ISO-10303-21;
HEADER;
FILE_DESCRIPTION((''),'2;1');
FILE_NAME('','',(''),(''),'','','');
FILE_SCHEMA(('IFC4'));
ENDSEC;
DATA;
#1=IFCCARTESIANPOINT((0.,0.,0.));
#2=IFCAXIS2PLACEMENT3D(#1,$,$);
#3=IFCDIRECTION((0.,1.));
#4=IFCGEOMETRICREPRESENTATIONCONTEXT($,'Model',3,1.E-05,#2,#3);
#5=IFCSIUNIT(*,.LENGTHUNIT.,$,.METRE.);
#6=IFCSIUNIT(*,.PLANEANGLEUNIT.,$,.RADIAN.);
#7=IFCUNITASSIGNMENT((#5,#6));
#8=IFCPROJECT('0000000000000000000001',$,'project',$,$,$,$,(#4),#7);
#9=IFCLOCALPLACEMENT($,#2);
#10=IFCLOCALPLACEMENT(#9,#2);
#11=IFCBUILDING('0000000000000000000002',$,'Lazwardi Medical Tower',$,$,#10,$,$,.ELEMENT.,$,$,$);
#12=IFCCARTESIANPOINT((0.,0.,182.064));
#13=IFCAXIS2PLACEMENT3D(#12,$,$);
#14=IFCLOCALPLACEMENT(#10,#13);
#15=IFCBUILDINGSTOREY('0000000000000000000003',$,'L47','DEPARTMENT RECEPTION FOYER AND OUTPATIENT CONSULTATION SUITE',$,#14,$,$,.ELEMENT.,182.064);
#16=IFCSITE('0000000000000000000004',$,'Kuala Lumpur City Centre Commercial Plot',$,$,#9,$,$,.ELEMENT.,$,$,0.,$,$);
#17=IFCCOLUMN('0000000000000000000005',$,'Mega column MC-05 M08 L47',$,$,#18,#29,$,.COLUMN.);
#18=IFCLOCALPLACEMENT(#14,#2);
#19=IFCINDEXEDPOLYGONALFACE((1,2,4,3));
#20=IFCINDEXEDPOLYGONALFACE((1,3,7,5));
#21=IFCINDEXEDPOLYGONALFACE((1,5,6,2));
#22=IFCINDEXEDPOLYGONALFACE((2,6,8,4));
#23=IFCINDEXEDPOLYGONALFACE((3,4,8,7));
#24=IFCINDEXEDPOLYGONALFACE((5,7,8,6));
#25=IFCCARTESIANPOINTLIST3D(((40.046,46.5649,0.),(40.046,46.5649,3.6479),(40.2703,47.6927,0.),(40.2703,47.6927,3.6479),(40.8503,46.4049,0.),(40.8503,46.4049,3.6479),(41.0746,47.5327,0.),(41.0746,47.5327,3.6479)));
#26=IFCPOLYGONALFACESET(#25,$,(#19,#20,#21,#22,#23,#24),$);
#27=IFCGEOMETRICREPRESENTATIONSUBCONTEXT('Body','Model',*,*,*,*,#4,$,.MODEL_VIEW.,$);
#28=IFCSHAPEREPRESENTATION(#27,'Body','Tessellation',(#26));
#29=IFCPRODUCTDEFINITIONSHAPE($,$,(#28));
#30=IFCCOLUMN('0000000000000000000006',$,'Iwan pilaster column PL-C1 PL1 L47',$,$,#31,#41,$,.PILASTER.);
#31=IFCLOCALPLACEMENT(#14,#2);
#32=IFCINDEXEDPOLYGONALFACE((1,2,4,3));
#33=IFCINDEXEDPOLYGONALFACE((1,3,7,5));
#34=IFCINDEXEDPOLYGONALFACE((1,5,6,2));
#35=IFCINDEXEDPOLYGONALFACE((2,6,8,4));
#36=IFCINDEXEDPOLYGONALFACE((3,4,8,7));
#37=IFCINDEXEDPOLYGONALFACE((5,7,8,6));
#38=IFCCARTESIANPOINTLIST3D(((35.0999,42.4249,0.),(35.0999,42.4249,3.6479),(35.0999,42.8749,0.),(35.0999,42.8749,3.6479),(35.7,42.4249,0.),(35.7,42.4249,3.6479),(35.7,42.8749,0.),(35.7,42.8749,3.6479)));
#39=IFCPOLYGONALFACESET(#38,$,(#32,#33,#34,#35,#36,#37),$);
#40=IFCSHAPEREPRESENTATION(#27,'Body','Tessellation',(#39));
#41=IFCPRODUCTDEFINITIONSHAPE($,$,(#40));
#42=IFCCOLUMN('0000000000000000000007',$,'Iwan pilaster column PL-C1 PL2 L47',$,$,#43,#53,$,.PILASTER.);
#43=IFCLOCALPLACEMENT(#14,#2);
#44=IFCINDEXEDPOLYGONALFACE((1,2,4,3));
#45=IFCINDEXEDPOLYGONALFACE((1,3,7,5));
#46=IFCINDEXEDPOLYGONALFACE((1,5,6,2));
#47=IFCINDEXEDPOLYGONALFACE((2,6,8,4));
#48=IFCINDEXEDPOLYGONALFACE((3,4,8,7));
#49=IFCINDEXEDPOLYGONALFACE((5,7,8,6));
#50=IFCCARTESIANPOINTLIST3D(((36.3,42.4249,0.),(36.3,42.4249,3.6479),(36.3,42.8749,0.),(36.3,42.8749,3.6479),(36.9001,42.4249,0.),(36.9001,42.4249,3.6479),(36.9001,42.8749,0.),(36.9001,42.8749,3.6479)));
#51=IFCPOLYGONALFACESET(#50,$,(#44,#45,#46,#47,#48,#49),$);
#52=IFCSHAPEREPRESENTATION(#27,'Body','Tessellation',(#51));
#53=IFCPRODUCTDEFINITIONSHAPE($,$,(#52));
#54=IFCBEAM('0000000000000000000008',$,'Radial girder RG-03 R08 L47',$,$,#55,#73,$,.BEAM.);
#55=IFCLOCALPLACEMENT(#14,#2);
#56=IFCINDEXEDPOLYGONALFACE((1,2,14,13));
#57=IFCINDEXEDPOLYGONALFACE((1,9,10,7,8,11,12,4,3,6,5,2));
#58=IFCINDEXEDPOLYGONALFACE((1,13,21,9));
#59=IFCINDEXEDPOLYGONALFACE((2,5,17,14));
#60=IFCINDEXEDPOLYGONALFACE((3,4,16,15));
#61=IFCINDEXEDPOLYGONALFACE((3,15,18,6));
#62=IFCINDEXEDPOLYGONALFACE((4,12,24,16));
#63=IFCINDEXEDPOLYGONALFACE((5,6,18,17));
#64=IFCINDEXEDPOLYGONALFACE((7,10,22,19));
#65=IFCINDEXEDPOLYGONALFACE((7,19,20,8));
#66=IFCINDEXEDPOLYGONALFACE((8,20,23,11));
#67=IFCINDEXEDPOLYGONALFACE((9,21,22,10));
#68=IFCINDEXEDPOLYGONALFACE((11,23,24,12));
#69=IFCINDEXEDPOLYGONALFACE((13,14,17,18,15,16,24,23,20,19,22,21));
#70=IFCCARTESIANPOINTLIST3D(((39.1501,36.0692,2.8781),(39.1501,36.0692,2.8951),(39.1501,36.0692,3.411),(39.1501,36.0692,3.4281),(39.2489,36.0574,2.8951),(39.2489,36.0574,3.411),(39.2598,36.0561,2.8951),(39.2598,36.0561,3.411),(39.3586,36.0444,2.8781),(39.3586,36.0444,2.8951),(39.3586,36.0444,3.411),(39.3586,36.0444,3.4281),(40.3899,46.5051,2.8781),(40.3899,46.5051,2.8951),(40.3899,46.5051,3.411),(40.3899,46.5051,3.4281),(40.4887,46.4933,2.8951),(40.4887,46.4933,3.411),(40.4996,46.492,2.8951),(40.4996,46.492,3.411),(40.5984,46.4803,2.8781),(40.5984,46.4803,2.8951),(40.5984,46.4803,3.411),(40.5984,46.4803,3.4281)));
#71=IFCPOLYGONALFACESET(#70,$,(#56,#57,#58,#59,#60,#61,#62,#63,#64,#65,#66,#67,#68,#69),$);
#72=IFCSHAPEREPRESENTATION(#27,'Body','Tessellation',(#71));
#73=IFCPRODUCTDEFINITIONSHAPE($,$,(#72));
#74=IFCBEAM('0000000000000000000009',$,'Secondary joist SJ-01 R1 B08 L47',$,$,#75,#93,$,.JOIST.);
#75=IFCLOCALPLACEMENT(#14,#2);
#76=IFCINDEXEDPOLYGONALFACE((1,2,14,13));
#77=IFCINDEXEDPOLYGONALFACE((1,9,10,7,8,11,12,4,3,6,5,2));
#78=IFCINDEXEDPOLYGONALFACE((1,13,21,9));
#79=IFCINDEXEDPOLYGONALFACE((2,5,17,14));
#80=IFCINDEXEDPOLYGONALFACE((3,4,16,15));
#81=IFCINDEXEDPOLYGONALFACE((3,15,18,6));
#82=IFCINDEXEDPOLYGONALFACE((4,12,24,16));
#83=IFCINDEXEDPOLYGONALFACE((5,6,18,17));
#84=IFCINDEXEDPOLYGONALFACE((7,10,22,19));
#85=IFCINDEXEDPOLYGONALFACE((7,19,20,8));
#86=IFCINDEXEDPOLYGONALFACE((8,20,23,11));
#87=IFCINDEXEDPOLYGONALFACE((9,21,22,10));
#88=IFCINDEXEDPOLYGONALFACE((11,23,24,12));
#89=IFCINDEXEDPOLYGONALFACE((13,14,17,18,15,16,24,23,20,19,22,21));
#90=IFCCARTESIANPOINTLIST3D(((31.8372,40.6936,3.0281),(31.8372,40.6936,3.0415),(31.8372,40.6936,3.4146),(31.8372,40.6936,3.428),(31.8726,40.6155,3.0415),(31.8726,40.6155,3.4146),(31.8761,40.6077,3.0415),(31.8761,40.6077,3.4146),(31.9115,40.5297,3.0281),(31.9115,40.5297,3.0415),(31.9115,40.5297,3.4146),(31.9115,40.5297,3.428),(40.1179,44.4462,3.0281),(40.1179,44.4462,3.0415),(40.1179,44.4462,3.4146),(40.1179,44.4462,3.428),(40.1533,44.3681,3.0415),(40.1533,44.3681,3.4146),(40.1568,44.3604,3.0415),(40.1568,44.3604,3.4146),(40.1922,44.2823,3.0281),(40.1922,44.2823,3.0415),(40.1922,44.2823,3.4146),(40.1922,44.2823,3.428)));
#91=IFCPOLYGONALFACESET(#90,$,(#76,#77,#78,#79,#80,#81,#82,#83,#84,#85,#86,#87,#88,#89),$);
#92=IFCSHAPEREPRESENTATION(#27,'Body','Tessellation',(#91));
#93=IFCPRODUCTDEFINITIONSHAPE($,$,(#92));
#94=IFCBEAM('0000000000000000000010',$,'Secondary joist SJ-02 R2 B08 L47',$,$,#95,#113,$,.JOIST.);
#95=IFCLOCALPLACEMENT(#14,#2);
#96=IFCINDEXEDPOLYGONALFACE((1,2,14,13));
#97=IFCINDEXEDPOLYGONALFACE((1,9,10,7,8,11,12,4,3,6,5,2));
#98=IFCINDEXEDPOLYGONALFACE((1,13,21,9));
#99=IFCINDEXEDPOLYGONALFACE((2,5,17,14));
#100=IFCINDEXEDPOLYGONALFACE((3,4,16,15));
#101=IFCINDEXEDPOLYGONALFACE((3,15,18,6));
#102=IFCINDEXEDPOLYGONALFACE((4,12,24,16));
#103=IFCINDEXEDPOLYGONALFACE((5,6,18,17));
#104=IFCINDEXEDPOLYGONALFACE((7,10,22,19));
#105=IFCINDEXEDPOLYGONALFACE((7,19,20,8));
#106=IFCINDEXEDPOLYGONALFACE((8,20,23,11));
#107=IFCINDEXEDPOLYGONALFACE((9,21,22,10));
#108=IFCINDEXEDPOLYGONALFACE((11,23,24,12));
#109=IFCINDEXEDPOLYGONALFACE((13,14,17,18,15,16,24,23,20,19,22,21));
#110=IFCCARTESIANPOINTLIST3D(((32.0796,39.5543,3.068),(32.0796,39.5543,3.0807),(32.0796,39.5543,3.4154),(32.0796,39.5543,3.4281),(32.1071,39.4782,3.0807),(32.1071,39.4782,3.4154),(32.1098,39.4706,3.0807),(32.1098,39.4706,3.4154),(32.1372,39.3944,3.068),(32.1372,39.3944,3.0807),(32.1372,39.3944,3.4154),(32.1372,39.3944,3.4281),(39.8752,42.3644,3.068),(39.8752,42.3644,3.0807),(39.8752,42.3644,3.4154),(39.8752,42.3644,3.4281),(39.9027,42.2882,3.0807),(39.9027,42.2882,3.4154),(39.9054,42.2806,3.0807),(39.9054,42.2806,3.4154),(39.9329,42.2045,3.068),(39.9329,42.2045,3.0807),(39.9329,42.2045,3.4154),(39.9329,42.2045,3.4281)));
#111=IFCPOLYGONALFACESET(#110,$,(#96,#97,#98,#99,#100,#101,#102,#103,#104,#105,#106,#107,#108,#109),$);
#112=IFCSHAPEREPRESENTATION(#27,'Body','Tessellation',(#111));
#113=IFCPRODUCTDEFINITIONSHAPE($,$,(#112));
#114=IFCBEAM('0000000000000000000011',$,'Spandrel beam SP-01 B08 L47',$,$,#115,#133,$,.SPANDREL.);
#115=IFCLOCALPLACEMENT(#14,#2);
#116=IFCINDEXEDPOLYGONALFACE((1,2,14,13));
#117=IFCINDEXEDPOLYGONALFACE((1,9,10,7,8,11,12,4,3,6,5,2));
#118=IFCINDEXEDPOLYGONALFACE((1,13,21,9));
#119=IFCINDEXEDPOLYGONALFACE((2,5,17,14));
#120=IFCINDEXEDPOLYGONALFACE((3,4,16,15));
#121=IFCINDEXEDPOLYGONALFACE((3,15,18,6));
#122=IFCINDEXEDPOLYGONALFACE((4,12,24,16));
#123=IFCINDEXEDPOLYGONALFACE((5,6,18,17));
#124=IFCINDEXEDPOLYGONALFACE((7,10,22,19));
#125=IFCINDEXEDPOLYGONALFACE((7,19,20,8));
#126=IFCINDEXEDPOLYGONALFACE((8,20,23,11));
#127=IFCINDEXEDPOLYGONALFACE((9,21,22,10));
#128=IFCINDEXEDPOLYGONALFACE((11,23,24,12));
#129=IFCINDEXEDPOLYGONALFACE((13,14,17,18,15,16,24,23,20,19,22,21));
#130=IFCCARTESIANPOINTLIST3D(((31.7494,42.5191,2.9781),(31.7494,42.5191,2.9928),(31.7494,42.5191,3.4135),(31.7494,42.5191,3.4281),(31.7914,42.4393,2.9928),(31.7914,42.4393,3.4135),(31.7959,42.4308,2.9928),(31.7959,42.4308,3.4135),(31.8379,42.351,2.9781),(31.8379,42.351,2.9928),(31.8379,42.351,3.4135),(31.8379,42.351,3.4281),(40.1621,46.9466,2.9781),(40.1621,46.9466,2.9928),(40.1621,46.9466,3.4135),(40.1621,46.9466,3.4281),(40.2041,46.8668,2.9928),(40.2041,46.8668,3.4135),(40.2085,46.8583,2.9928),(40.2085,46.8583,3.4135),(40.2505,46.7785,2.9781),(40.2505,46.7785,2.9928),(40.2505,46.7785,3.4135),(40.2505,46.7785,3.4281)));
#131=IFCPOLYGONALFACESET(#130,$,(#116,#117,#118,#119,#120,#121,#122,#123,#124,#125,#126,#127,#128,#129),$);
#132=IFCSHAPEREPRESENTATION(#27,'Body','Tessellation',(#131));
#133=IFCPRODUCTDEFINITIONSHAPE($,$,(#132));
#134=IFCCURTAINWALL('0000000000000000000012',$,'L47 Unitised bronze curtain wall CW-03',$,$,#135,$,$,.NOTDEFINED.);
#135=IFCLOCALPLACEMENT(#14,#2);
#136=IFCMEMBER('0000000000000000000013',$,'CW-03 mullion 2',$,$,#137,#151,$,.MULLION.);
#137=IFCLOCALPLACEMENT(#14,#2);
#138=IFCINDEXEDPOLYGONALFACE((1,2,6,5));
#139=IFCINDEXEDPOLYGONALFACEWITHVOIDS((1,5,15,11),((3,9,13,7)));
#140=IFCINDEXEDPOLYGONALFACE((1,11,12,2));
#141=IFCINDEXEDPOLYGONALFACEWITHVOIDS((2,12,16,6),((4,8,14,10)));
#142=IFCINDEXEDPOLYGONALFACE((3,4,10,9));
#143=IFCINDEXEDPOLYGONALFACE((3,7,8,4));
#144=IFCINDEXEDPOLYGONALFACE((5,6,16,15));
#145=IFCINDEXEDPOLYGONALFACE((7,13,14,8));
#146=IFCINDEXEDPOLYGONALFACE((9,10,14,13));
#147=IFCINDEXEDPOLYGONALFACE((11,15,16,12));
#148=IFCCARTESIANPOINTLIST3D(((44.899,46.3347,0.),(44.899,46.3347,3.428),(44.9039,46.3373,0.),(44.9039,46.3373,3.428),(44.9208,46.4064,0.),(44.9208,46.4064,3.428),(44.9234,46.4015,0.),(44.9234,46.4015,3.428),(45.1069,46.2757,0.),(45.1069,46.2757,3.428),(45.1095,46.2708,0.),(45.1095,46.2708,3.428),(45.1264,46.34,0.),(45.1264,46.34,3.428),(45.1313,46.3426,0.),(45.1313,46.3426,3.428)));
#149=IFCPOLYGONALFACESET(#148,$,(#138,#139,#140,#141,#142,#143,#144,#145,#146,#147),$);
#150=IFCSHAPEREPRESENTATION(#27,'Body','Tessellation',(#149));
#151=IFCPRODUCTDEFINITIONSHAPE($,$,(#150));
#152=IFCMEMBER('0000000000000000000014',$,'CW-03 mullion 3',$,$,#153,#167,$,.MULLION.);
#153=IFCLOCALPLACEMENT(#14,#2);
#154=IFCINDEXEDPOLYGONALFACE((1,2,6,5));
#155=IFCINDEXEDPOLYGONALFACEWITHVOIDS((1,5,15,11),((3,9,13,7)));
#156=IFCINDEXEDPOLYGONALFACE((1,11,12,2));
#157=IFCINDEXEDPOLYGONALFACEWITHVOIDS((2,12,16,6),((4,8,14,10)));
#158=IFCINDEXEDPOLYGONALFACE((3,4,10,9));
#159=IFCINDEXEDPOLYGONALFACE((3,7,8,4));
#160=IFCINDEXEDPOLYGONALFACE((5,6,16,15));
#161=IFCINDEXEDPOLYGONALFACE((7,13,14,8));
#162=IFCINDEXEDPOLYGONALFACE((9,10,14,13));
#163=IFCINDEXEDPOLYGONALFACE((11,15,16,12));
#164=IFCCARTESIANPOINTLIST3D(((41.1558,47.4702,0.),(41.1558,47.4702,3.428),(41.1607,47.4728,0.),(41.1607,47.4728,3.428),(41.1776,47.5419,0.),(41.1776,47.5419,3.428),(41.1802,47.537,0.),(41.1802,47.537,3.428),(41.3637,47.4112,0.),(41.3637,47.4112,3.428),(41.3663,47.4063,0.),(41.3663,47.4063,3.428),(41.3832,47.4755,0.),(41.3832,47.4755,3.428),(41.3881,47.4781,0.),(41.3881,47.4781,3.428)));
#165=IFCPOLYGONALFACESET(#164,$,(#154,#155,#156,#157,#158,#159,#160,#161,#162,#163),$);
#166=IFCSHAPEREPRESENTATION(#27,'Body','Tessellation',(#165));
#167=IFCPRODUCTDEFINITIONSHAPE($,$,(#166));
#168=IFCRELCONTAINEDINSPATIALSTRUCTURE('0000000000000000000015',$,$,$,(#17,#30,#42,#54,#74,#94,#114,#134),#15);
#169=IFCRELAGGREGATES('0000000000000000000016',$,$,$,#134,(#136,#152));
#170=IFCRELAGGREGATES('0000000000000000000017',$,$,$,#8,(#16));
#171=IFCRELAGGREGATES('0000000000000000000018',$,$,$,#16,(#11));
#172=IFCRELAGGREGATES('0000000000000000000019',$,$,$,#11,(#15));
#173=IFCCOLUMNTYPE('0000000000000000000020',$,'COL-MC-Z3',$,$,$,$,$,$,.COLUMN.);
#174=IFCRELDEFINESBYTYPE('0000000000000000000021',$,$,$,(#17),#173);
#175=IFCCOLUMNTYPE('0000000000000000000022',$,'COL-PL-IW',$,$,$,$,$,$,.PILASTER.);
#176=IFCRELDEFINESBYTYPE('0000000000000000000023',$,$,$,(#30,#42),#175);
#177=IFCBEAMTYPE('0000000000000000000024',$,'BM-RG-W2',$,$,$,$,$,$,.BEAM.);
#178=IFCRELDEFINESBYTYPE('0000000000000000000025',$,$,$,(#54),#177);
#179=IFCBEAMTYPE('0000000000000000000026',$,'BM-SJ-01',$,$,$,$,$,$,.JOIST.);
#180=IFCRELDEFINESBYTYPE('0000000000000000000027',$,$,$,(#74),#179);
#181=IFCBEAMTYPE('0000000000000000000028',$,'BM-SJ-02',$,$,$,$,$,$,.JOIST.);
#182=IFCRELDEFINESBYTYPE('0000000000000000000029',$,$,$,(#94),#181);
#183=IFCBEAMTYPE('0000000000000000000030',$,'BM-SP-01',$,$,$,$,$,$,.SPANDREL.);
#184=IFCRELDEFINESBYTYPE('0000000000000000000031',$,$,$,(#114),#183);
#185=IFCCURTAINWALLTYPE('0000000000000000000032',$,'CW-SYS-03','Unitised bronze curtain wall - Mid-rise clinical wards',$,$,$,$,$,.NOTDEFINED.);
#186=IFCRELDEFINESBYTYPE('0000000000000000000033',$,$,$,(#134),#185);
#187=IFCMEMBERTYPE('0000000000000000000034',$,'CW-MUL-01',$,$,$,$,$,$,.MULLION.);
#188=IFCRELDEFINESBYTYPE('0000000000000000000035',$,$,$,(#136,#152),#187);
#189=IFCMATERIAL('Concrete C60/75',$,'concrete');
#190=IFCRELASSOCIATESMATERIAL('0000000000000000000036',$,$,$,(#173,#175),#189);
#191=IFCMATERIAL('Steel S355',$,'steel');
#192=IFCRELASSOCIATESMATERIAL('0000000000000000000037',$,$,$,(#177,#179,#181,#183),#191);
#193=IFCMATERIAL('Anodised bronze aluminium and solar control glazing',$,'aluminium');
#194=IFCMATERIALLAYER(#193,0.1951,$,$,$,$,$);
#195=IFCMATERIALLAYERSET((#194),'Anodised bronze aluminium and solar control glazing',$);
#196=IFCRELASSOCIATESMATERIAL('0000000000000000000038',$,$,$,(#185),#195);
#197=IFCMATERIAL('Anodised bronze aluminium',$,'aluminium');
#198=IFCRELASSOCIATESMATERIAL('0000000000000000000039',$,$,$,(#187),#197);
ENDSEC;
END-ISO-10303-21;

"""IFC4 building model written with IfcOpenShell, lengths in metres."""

from ifc_helpers import new_model, si_unit, direction, frame, origin, origin_2d, place, context, subcontext, project, spatial, rectangle, hollow_rectangle, i_section, extrude, material, layer, layer_set, material_profile, profile_set, type_object, element, aggregate, save


model = new_model("IFC4")

# Units and contexts
model_context = context("Model", 3, precision=1e-05, world=origin(), true_north=direction((0.0, 1.0)))
body_context = subcontext(model_context, "Body", "Model", "MODEL_VIEW")
ifc_project = project(units=[si_unit("LENGTHUNIT", "METRE"), si_unit("PLANEANGLEUNIT", "RADIAN")], contexts=[model_context])

# Site, building, storey
site_placement = place(None, origin())
site = spatial("IfcSite", under=ifc_project, at=site_placement, Name="Kuala Lumpur City Centre Commercial Plot", CompositionType="ELEMENT", RefElevation=0.0)
building_placement = place(site_placement, origin())
building = spatial("IfcBuilding", under=site, at=building_placement, Name="Lazwardi Medical Tower", CompositionType="ELEMENT")
storey_placement = place(building_placement, frame((0.0, 0.0, 182.064)))
storey = spatial("IfcBuildingStorey", under=building, at=storey_placement, Name="L47", Description="DEPARTMENT RECEPTION FOYER AND OUTPATIENT CONSULTATION SUITE", CompositionType="ELEMENT", Elevation=182.064)

# Columns
ifc_material_1 = material(Name="Concrete C60/75", Category="concrete")
ifc_material_profile_1 = material_profile(ifc_material_1, rectangle(XDim=1.1499, YDim=0.8201, at=origin_2d()), Name="CFT-RECT 1150x820")
ifc_profile_set_1 = profile_set([ifc_material_profile_1], Name="Concrete C60/75")
column_type_1 = type_object("IfcColumnType", Name="COL-MC-Z3", PredefinedType="COLUMN", material=ifc_profile_set_1)
column_placement = place(storey_placement, frame((40.5603, 47.0488, 0.0), z_axis=(0.0, 0.0, 1.0), x_axis=(0.19509, 0.980785, 0.0)))
element("IfcColumn", 1, at=column_placement, inside=storey, type_object=column_type_1, Name="Mega column MC-05 M08 L47", PredefinedType="COLUMN", context=body_context, shape_type="SweptSolid", body=[
    extrude(rectangle(XDim=1.1499, YDim=0.8201, at=origin_2d()), origin(), (0.0, 0.0, 1.0), 3.6479),
])
ifc_material_profile_2 = material_profile(ifc_material_1, rectangle(XDim=0.6001, YDim=0.45, at=origin_2d()), Name="RC 600x450")
ifc_profile_set_2 = profile_set([ifc_material_profile_2], Name="Concrete C60/75")
column_type_2 = type_object("IfcColumnType", Name="COL-PL-IW", PredefinedType="PILASTER", material=ifc_profile_set_2)
for number, where, z_axis, x_axis, name in (
    (2, (35.3999, 42.6499, 0.0), (0.0, 0.0, 1.0), (1.0, 0.0, 0.0), "Iwan pilaster column PL-C1 PL1 L47"),
    (3, (36.6001, 42.6499, 0.0), (0.0, 0.0, 1.0), (1.0, 0.0, 0.0), "Iwan pilaster column PL-C1 PL2 L47"),
):
    element("IfcColumn", number, at=place(storey_placement, frame(where, z_axis=z_axis, x_axis=x_axis)), inside=storey, type_object=column_type_2, Name=name, PredefinedType="PILASTER", context=body_context, shape_type="SweptSolid", body=[
        extrude(rectangle(XDim=0.6001, YDim=0.45, at=origin_2d()), origin(), (0.0, 0.0, 1.0), 3.6479),
    ])

# Beams
ifc_material_2 = material(Name="Steel S355", Category="steel")
ifc_material_profile_3 = material_profile(ifc_material_2, i_section(OverallWidth=0.21, OverallDepth=0.55, WebThickness=0.011, FlangeThickness=0.0171, at=origin_2d()), Name="IPE 550")
ifc_profile_set_3 = profile_set([ifc_material_profile_3], Name="Steel S355")
beam_type_1 = type_object("IfcBeamType", Name="BM-RG-W2", PredefinedType="BEAM", material=ifc_profile_set_3)
beam_1_placement = place(storey_placement, frame((40.4941, 46.4927, 3.1531), z_axis=(-0.117968, -0.993017, 0.0), x_axis=(0.993017, -0.117968, 0.0)))
element("IfcBeam", 4, at=beam_1_placement, inside=storey, type_object=beam_type_1, Name="Radial girder RG-03 R08 L47", PredefinedType="BEAM", context=body_context, shape_type="SweptSolid", body=[
    extrude(i_section(OverallWidth=0.21, OverallDepth=0.55, WebThickness=0.011, FlangeThickness=0.0171, at=origin_2d()), origin(), (0.0, 0.0, 1.0), 10.5093),
])
ifc_material_profile_4 = material_profile(ifc_material_2, i_section(OverallWidth=0.1799, OverallDepth=0.3999, WebThickness=0.0085, FlangeThickness=0.0134, at=origin_2d()), Name="IPE 400")
ifc_profile_set_4 = profile_set([ifc_material_profile_4], Name="Steel S355")
beam_type_2 = type_object("IfcBeamType", Name="BM-SJ-01", PredefinedType="JOIST", material=ifc_profile_set_4)
beam_2_placement = place(storey_placement, frame((40.155, 44.3643, 3.228), z_axis=(-0.910834, -0.412773, 0.0), x_axis=(0.412773, -0.910834, 0.0)))
element("IfcBeam", 5, at=beam_2_placement, inside=storey, type_object=beam_type_2, Name="Secondary joist SJ-01 R1 B08 L47", PredefinedType="JOIST", context=body_context, shape_type="SweptSolid", body=[
    extrude(i_section(OverallWidth=0.1799, OverallDepth=0.3999, WebThickness=0.0085, FlangeThickness=0.0134, at=origin_2d()), origin(), (0.0, 0.0, 1.0), 9.0913),
])
ifc_material_profile_5 = material_profile(ifc_material_2, i_section(OverallWidth=0.1699, OverallDepth=0.3601, WebThickness=0.0081, FlangeThickness=0.0127, at=origin_2d()), Name="IPE 360")
ifc_profile_set_5 = profile_set([ifc_material_profile_5], Name="Steel S355")
beam_type_3 = type_object("IfcBeamType", Name="BM-SJ-02", PredefinedType="JOIST", material=ifc_profile_set_5)
beam_3_placement = place(storey_placement, frame((39.9041, 42.2844, 3.248), z_axis=(-0.940748, -0.339106, 0.0), x_axis=(0.339106, -0.940748, 0.0)))
element("IfcBeam", 6, at=beam_3_placement, inside=storey, type_object=beam_type_3, Name="Secondary joist SJ-02 R2 B08 L47", PredefinedType="JOIST", context=body_context, shape_type="SweptSolid", body=[
    extrude(i_section(OverallWidth=0.1699, OverallDepth=0.3601, WebThickness=0.0081, FlangeThickness=0.0127, at=origin_2d()), origin(), (0.0, 0.0, 1.0), 8.2866),
])
ifc_material_profile_6 = material_profile(ifc_material_2, i_section(OverallWidth=0.1899, OverallDepth=0.45, WebThickness=0.0095, FlangeThickness=0.0146, at=origin_2d()), Name="IPE 450")
ifc_profile_set_6 = profile_set([ifc_material_profile_6], Name="Steel S355")
beam_type_4 = type_object("IfcBeamType", Name="BM-SP-01", PredefinedType="SPANDREL", material=ifc_profile_set_6)
beam_4_placement = place(storey_placement, frame((40.2063, 46.8625, 3.2031), z_axis=(-0.884927, -0.465731, 0.0), x_axis=(0.465731, -0.884927, 0.0)))
element("IfcBeam", 7, at=beam_4_placement, inside=storey, type_object=beam_type_4, Name="Spandrel beam SP-01 B08 L47", PredefinedType="SPANDREL", context=body_context, shape_type="SweptSolid", body=[
    extrude(i_section(OverallWidth=0.1899, OverallDepth=0.45, WebThickness=0.0095, FlangeThickness=0.0146, at=origin_2d()), origin(), (0.0, 0.0, 1.0), 9.5066),
])

# Curtain wall, members
ifc_material_3 = material(Name="Anodised bronze aluminium and solar control glazing", Category="aluminium")
ifc_layer_1 = layer(ifc_material_3, 0.1951)
ifc_layer_set_1 = layer_set([ifc_layer_1], Name="Anodised bronze aluminium and solar control glazing")
curtain_wall_type = type_object("IfcCurtainWallType", Name="CW-SYS-03", Description="Unitised bronze curtain wall - Mid-rise clinical wards", PredefinedType="NOTDEFINED", material=ifc_layer_set_1)
curtain_wall_placement = place(storey_placement, origin())
curtain_wall = element("IfcCurtainWall", 8, at=curtain_wall_placement, inside=storey, type_object=curtain_wall_type, Name="L47 Unitised bronze curtain wall CW-03", PredefinedType="NOTDEFINED")
ifc_material_4 = material(Name="Anodised bronze aluminium", Category="aluminium")
ifc_material_profile_7 = material_profile(ifc_material_4, hollow_rectangle(XDim=0.075, YDim=0.22, WallThickness=0.0039, at=origin_2d()), Name="ALU-MULLION 220x75x4")
ifc_profile_set_7 = profile_set([ifc_material_profile_7], Name="Anodised bronze aluminium")
member_type_1 = type_object("IfcMemberType", Name="CW-MUL-01", PredefinedType="MULLION", material=ifc_profile_set_7)
member_1_placement = place(storey_placement, frame((45.0151, 46.3386, 0.0), z_axis=(0.0, 0.0, 1.0), x_axis=(-0.290281, -0.956942, 0.0)))
member_1 = element("IfcMember", 9, at=member_1_placement, type_object=member_type_1, Name="CW-03 mullion 2", PredefinedType="MULLION", context=body_context, shape_type="SweptSolid", body=[
    extrude(hollow_rectangle(XDim=0.075, YDim=0.22, WallThickness=0.0039, at=origin_2d()), origin(), (0.0, 0.0, 1.0), 3.428),
])
member_2_placement = place(storey_placement, frame((41.272, 47.4741, 0.0), z_axis=(0.0, 0.0, 1.0), x_axis=(-0.290281, -0.956942, 0.0)))
member_2 = element("IfcMember", 10, at=member_2_placement, type_object=member_type_1, Name="CW-03 mullion 3", PredefinedType="MULLION", context=body_context, shape_type="SweptSolid", body=[
    extrude(hollow_rectangle(XDim=0.075, YDim=0.22, WallThickness=0.0039, at=origin_2d()), origin(), (0.0, 0.0, 1.0), 3.428),
])
aggregate(curtain_wall, [member_1, member_2])

save(model, "model.ifc")
